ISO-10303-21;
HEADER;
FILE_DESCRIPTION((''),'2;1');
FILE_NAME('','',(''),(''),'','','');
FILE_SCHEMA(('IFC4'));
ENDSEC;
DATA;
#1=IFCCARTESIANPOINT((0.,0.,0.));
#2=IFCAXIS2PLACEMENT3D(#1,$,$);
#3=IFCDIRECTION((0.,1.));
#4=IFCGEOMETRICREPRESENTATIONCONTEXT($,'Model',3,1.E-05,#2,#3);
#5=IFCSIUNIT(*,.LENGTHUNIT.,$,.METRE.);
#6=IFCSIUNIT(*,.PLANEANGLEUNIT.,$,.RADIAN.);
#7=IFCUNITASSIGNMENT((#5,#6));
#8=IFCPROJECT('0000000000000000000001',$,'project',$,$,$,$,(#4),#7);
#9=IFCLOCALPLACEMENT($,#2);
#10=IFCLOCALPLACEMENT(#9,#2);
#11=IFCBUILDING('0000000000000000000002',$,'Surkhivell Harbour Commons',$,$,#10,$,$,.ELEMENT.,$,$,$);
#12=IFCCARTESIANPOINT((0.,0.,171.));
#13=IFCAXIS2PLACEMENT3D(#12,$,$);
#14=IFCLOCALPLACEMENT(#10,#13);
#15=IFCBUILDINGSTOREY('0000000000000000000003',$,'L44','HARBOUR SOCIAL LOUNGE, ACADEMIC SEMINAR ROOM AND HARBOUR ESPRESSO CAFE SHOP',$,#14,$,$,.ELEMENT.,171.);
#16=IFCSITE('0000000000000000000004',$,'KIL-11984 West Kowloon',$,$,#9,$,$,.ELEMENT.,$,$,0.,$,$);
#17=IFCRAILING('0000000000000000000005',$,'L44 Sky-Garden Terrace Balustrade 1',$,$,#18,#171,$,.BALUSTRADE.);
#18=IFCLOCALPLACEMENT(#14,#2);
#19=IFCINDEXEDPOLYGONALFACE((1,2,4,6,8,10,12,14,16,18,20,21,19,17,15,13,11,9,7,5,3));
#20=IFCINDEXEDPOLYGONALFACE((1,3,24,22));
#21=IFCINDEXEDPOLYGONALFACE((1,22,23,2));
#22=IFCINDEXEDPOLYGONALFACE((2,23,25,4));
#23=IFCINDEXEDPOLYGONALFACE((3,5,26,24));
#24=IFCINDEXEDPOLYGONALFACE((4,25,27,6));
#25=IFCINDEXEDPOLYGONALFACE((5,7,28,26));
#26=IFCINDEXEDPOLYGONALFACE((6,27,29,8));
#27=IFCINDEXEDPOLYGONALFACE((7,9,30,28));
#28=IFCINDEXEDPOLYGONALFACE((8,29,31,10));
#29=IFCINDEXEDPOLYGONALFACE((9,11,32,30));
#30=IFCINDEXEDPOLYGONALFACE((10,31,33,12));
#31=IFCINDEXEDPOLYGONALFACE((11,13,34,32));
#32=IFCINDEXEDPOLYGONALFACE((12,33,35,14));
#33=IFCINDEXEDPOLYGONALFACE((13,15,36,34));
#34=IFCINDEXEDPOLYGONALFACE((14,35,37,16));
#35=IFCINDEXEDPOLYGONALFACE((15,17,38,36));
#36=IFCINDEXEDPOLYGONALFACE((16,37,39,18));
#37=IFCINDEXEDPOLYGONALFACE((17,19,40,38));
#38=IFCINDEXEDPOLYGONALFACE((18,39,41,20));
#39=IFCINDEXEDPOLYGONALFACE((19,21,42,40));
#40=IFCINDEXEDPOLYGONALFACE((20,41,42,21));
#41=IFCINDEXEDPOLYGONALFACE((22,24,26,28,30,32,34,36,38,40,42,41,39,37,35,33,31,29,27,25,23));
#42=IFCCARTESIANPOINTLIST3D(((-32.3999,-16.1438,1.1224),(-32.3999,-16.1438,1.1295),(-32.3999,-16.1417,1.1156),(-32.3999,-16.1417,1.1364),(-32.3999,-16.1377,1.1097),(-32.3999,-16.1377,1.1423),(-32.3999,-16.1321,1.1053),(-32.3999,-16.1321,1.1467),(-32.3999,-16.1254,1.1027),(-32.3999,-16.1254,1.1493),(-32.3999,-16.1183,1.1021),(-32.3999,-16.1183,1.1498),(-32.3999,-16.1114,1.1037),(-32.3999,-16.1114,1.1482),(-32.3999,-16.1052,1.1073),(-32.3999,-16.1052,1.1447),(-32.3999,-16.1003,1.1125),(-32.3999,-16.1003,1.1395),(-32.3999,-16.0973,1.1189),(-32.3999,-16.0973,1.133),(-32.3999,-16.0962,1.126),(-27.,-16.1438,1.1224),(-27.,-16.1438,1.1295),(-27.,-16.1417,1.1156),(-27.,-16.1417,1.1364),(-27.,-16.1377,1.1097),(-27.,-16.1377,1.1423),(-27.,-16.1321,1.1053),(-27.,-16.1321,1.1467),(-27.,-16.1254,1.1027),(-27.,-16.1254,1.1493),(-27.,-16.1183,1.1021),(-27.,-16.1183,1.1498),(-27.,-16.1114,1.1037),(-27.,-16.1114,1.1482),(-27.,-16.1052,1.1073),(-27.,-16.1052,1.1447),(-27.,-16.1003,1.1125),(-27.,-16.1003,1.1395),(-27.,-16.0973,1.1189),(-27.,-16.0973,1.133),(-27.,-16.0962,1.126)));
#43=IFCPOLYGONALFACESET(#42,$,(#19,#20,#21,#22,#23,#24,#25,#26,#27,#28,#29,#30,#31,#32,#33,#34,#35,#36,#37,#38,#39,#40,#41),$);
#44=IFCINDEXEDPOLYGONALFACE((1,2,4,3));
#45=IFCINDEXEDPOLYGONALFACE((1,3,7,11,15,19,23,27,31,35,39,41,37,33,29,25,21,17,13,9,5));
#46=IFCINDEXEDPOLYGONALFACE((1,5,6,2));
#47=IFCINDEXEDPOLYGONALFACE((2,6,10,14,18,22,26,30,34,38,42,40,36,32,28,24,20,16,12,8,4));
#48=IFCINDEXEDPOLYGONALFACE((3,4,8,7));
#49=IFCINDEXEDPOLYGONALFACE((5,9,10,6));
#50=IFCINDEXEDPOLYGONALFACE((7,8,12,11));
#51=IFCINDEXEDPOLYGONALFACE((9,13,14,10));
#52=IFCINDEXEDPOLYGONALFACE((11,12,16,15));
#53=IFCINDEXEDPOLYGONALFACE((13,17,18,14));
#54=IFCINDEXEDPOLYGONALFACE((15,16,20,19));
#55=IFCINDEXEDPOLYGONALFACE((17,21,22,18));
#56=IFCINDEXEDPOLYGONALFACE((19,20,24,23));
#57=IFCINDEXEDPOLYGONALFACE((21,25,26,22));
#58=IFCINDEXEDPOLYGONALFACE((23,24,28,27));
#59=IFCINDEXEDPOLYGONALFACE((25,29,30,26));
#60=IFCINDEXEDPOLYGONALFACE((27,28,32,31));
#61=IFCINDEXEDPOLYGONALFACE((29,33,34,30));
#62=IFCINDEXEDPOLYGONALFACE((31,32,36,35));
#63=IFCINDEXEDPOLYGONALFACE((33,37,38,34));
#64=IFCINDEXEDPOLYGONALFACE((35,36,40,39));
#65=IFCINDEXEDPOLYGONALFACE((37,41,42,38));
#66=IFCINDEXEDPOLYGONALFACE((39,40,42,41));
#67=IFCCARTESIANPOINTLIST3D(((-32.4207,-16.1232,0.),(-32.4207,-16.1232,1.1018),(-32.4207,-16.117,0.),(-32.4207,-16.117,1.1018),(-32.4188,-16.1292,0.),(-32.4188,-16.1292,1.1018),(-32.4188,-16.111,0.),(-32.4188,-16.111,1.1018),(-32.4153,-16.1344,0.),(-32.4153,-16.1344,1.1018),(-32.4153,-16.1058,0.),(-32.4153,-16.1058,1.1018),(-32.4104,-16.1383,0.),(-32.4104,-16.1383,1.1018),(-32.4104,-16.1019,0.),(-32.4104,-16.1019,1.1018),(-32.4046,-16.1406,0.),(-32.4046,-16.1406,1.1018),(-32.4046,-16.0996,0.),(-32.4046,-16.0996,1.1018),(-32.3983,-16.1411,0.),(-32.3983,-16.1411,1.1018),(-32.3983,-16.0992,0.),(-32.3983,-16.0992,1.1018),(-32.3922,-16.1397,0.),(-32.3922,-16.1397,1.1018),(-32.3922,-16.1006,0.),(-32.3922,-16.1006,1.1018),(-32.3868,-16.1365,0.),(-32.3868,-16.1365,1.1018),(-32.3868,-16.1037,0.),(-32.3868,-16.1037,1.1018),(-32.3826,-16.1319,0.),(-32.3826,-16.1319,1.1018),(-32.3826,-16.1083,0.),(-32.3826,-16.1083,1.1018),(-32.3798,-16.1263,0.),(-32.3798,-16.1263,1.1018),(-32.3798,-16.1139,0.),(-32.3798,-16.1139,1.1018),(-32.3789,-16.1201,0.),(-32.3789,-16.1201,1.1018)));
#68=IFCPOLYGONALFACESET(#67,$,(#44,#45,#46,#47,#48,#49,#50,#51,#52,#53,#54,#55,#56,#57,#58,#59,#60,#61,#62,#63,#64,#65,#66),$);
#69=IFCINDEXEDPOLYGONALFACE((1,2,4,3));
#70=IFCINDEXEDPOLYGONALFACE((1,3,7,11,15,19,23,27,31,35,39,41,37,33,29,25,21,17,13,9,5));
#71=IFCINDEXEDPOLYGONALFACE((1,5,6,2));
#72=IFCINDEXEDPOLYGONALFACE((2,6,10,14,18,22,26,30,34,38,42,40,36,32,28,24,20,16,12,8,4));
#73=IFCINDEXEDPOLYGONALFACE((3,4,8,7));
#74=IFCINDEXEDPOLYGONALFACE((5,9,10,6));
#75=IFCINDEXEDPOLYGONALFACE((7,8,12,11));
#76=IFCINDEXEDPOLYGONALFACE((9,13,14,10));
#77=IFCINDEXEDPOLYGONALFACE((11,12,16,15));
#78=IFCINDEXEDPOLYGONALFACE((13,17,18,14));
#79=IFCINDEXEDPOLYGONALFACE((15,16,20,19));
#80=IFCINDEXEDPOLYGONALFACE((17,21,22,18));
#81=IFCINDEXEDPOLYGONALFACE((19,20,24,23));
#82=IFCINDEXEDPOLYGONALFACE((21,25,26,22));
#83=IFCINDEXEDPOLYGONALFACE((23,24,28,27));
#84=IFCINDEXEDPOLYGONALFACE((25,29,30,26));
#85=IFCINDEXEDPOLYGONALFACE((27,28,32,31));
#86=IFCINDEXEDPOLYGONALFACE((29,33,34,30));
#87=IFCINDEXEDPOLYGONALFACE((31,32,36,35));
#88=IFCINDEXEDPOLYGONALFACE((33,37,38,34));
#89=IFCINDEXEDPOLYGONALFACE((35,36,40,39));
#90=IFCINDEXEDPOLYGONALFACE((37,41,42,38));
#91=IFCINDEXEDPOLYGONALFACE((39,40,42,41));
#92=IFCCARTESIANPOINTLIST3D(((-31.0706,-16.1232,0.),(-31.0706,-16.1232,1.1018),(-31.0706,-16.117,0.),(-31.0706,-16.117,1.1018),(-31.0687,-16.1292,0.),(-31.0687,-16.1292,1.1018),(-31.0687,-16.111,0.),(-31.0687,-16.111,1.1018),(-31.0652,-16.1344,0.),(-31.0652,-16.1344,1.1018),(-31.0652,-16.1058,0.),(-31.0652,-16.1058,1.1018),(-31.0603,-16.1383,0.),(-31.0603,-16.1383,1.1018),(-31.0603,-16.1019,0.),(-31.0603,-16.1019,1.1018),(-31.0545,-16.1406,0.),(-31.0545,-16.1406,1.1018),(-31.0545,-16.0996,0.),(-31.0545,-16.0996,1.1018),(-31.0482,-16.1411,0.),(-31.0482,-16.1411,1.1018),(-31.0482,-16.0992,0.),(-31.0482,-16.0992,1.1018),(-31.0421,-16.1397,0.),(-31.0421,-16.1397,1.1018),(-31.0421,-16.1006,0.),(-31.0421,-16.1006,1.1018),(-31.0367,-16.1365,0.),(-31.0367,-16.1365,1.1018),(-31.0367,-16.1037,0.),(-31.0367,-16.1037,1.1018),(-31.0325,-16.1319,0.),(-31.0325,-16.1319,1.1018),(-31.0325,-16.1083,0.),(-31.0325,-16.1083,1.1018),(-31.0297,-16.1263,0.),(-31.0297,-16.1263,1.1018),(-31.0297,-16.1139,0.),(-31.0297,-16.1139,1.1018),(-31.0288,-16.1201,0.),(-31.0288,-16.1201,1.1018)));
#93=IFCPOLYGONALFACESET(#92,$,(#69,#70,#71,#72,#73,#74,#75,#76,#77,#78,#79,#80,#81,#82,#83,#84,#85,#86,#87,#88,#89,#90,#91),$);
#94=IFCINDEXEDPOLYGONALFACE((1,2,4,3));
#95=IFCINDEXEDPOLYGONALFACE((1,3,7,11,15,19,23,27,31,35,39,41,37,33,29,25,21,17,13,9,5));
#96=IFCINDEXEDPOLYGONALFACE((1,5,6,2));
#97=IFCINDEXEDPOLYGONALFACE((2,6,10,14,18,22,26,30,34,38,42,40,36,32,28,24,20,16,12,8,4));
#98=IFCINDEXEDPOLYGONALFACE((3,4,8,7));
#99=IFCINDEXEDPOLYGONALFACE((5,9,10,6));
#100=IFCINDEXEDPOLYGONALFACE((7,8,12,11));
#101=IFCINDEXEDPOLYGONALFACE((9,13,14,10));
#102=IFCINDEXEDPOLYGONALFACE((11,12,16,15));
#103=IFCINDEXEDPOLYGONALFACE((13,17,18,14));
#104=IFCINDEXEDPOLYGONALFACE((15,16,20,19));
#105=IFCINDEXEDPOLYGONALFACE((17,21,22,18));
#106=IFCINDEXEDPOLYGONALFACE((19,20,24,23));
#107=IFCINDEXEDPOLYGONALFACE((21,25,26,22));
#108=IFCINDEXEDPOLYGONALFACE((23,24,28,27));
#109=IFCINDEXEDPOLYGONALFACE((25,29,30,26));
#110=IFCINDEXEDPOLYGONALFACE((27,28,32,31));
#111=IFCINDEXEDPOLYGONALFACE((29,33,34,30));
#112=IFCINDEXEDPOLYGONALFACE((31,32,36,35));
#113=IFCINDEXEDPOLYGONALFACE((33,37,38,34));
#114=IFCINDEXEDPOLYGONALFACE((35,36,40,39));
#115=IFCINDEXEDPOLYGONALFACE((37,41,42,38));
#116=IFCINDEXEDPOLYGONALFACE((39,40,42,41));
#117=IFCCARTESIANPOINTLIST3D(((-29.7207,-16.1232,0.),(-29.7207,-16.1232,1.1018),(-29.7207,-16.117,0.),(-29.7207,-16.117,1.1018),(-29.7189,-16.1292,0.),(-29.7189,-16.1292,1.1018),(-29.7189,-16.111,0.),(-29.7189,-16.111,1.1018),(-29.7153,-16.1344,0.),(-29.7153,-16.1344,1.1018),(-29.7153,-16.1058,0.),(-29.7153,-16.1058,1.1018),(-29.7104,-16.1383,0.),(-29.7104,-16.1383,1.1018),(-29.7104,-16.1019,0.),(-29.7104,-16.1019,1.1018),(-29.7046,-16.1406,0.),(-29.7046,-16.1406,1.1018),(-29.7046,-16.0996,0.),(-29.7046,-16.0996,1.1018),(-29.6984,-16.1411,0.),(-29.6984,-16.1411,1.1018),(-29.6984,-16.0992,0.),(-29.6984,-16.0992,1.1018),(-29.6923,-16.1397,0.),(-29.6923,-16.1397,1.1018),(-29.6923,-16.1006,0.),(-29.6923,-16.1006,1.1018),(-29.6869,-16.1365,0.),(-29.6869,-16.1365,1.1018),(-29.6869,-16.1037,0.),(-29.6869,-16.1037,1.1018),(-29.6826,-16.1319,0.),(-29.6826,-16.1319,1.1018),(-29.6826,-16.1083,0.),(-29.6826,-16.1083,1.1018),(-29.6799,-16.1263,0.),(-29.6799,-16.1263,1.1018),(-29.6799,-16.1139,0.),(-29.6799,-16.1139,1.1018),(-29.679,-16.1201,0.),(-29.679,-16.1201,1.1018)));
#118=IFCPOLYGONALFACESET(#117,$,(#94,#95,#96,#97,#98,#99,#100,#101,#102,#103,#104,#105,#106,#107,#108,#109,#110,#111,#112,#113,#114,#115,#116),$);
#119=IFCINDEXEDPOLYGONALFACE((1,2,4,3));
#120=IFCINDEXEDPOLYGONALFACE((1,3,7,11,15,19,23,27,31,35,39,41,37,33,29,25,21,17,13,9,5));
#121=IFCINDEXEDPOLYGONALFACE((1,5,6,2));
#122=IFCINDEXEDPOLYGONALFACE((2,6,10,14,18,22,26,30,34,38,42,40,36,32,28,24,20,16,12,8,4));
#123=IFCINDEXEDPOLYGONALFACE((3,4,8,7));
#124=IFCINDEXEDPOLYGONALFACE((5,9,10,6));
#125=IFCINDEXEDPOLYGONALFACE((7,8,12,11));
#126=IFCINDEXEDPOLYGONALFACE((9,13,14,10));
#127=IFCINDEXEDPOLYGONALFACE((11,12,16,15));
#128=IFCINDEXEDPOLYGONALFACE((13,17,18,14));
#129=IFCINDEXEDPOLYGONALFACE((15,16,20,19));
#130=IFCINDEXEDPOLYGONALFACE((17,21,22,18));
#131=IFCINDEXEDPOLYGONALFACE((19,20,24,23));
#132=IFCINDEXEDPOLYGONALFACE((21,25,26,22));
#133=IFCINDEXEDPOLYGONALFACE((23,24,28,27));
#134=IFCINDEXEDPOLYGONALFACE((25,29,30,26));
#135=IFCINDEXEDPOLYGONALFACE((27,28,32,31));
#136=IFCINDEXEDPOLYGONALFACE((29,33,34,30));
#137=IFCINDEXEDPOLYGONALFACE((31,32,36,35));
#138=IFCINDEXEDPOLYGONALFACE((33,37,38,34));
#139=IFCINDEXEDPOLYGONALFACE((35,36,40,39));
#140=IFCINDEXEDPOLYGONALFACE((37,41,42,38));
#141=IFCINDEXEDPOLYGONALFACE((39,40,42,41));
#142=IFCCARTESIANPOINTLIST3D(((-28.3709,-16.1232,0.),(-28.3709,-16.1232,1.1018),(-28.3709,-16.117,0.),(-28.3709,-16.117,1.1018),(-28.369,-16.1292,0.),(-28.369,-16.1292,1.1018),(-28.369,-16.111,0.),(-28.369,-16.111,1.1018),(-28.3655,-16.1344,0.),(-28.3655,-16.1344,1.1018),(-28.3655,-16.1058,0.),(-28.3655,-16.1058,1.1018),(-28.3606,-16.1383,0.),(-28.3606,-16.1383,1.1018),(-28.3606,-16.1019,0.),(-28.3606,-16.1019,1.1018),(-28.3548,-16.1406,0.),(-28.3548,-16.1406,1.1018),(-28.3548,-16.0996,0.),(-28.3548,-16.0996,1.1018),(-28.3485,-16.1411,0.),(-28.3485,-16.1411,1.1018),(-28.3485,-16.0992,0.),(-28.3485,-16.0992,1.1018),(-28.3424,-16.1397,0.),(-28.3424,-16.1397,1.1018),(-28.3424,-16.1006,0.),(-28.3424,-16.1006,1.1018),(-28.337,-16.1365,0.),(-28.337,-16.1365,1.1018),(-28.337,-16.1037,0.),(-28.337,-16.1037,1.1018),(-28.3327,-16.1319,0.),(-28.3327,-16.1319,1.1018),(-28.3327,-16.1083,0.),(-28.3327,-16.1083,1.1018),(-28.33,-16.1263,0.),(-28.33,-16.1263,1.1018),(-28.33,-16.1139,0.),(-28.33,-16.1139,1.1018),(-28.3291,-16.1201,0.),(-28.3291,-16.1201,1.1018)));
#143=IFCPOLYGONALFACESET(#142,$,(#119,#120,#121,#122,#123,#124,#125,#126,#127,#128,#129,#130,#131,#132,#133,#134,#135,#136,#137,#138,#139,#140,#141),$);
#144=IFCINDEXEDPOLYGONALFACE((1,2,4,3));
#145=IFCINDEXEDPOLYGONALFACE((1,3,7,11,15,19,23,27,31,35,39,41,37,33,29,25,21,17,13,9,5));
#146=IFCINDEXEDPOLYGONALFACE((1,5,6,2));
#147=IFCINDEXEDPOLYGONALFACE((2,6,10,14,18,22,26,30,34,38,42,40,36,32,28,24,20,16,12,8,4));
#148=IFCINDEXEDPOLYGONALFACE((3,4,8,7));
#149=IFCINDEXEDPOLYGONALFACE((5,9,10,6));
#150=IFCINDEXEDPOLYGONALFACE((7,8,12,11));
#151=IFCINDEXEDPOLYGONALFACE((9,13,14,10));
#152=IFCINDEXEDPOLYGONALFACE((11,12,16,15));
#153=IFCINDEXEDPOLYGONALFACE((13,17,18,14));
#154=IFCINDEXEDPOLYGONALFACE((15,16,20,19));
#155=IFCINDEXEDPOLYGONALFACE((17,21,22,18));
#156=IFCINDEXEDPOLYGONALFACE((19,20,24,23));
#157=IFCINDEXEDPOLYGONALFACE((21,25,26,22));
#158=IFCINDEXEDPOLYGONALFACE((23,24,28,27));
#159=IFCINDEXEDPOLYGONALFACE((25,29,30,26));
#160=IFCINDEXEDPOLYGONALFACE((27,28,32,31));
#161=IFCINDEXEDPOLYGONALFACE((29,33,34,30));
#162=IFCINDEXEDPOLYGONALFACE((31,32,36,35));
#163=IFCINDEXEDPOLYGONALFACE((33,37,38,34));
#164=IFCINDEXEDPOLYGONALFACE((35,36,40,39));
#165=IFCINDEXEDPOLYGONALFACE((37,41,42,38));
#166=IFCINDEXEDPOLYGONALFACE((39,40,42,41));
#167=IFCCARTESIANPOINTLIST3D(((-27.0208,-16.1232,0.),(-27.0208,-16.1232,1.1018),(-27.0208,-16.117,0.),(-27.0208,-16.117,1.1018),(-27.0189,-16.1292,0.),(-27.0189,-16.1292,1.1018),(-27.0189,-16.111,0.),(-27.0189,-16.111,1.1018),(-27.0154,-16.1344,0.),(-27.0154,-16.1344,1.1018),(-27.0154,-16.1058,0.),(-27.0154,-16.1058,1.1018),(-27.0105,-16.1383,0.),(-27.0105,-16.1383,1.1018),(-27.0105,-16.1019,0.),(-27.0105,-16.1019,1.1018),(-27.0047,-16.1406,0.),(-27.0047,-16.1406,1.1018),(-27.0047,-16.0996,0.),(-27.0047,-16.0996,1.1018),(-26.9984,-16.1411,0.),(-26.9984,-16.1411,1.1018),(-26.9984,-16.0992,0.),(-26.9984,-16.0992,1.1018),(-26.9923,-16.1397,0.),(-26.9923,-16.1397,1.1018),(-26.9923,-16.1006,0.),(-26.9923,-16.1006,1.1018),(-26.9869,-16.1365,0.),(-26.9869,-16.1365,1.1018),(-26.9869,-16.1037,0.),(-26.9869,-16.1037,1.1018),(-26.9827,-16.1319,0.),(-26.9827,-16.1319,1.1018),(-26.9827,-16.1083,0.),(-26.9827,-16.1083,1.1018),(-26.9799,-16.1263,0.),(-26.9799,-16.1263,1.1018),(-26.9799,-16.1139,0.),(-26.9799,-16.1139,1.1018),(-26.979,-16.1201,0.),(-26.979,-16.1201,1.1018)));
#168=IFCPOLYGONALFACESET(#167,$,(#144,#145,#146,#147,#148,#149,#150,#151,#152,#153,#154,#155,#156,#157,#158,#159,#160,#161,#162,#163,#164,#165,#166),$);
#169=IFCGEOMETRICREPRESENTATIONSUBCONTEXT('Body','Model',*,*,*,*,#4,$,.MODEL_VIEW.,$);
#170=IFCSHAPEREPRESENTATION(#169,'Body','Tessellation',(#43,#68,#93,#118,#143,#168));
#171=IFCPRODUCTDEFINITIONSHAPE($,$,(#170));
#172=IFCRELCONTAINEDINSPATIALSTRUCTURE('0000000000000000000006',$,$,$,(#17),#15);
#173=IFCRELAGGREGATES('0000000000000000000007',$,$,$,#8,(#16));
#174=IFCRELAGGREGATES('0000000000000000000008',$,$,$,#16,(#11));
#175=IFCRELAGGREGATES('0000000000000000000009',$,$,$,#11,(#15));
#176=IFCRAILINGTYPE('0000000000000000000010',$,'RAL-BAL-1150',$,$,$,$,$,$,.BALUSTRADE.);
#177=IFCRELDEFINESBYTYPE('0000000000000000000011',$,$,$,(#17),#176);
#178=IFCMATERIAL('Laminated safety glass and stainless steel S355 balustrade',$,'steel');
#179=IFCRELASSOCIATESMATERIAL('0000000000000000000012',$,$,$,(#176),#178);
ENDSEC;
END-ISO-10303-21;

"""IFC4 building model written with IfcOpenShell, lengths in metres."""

from ifc_helpers import new_model, si_unit, direction, frame, origin, origin_2d, place, context, subcontext, project, spatial, circle, extrude, material, type_object, element, save


model = new_model("IFC4")

# Units and contexts
model_context = context("Model", 3, precision=1e-05, world=origin(), true_north=direction((0.0, 1.0)))
body_context = subcontext(model_context, "Body", "Model", "MODEL_VIEW")
ifc_project = project(units=[si_unit("LENGTHUNIT", "METRE"), si_unit("PLANEANGLEUNIT", "RADIAN")], contexts=[model_context])

# Site, building, storey
site_placement = place(None, origin())
site = spatial("IfcSite", under=ifc_project, at=site_placement, Name="KIL-11984 West Kowloon", CompositionType="ELEMENT", RefElevation=0.0)
building_placement = place(site_placement, origin())
building = spatial("IfcBuilding", under=site, at=building_placement, Name="Surkhivell Harbour Commons", CompositionType="ELEMENT")
storey_placement = place(building_placement, frame((0.0, 0.0, 171.0)))
storey = spatial("IfcBuildingStorey", under=building, at=storey_placement, Name="L44", Description="HARBOUR SOCIAL LOUNGE, ACADEMIC SEMINAR ROOM AND HARBOUR ESPRESSO CAFE SHOP", CompositionType="ELEMENT", Elevation=171.0)

# Railing
ifc_material_1 = material(Name="Laminated safety glass and stainless steel S355 balustrade", Category="steel")
railing_type = type_object("IfcRailingType", Name="RAL-BAL-1150", PredefinedType="BALUSTRADE", material=ifc_material_1)
railing_1_placement = place(storey_placement, frame((-32.3999, -16.1201, 0.0)))
element("IfcRailing", 1, at=railing_1_placement, inside=storey, type_object=railing_type, Name="L44 Sky-Garden Terrace Balustrade 1", PredefinedType="BALUSTRADE", context=body_context, shape_type="SweptSolid", body=[
    extrude(circle(Radius=0.0239, at=origin_2d()), frame((0.0, 0.0, 1.126), z_axis=(1.0, 0.0, 0.0), x_axis=(0.0, 1.0, 0.0)), (0.0, 0.0, 1.0), 5.3999),
    extrude(circle(Radius=0.021, at=origin_2d()), origin(), (0.0, 0.0, 1.0), 1.1018),
    extrude(circle(Radius=0.021, at=origin_2d()), frame((1.3501, 0.0, 0.0)), (0.0, 0.0, 1.0), 1.1018),
    extrude(circle(Radius=0.021, at=origin_2d()), frame((2.7, 0.0, 0.0)), (0.0, 0.0, 1.0), 1.1018),
    extrude(circle(Radius=0.021, at=origin_2d()), frame((4.0498, 0.0, 0.0)), (0.0, 0.0, 1.0), 1.1018),
    extrude(circle(Radius=0.021, at=origin_2d()), frame((5.3999, 0.0, 0.0)), (0.0, 0.0, 1.0), 1.1018),
])

save(model, "model.ifc")
